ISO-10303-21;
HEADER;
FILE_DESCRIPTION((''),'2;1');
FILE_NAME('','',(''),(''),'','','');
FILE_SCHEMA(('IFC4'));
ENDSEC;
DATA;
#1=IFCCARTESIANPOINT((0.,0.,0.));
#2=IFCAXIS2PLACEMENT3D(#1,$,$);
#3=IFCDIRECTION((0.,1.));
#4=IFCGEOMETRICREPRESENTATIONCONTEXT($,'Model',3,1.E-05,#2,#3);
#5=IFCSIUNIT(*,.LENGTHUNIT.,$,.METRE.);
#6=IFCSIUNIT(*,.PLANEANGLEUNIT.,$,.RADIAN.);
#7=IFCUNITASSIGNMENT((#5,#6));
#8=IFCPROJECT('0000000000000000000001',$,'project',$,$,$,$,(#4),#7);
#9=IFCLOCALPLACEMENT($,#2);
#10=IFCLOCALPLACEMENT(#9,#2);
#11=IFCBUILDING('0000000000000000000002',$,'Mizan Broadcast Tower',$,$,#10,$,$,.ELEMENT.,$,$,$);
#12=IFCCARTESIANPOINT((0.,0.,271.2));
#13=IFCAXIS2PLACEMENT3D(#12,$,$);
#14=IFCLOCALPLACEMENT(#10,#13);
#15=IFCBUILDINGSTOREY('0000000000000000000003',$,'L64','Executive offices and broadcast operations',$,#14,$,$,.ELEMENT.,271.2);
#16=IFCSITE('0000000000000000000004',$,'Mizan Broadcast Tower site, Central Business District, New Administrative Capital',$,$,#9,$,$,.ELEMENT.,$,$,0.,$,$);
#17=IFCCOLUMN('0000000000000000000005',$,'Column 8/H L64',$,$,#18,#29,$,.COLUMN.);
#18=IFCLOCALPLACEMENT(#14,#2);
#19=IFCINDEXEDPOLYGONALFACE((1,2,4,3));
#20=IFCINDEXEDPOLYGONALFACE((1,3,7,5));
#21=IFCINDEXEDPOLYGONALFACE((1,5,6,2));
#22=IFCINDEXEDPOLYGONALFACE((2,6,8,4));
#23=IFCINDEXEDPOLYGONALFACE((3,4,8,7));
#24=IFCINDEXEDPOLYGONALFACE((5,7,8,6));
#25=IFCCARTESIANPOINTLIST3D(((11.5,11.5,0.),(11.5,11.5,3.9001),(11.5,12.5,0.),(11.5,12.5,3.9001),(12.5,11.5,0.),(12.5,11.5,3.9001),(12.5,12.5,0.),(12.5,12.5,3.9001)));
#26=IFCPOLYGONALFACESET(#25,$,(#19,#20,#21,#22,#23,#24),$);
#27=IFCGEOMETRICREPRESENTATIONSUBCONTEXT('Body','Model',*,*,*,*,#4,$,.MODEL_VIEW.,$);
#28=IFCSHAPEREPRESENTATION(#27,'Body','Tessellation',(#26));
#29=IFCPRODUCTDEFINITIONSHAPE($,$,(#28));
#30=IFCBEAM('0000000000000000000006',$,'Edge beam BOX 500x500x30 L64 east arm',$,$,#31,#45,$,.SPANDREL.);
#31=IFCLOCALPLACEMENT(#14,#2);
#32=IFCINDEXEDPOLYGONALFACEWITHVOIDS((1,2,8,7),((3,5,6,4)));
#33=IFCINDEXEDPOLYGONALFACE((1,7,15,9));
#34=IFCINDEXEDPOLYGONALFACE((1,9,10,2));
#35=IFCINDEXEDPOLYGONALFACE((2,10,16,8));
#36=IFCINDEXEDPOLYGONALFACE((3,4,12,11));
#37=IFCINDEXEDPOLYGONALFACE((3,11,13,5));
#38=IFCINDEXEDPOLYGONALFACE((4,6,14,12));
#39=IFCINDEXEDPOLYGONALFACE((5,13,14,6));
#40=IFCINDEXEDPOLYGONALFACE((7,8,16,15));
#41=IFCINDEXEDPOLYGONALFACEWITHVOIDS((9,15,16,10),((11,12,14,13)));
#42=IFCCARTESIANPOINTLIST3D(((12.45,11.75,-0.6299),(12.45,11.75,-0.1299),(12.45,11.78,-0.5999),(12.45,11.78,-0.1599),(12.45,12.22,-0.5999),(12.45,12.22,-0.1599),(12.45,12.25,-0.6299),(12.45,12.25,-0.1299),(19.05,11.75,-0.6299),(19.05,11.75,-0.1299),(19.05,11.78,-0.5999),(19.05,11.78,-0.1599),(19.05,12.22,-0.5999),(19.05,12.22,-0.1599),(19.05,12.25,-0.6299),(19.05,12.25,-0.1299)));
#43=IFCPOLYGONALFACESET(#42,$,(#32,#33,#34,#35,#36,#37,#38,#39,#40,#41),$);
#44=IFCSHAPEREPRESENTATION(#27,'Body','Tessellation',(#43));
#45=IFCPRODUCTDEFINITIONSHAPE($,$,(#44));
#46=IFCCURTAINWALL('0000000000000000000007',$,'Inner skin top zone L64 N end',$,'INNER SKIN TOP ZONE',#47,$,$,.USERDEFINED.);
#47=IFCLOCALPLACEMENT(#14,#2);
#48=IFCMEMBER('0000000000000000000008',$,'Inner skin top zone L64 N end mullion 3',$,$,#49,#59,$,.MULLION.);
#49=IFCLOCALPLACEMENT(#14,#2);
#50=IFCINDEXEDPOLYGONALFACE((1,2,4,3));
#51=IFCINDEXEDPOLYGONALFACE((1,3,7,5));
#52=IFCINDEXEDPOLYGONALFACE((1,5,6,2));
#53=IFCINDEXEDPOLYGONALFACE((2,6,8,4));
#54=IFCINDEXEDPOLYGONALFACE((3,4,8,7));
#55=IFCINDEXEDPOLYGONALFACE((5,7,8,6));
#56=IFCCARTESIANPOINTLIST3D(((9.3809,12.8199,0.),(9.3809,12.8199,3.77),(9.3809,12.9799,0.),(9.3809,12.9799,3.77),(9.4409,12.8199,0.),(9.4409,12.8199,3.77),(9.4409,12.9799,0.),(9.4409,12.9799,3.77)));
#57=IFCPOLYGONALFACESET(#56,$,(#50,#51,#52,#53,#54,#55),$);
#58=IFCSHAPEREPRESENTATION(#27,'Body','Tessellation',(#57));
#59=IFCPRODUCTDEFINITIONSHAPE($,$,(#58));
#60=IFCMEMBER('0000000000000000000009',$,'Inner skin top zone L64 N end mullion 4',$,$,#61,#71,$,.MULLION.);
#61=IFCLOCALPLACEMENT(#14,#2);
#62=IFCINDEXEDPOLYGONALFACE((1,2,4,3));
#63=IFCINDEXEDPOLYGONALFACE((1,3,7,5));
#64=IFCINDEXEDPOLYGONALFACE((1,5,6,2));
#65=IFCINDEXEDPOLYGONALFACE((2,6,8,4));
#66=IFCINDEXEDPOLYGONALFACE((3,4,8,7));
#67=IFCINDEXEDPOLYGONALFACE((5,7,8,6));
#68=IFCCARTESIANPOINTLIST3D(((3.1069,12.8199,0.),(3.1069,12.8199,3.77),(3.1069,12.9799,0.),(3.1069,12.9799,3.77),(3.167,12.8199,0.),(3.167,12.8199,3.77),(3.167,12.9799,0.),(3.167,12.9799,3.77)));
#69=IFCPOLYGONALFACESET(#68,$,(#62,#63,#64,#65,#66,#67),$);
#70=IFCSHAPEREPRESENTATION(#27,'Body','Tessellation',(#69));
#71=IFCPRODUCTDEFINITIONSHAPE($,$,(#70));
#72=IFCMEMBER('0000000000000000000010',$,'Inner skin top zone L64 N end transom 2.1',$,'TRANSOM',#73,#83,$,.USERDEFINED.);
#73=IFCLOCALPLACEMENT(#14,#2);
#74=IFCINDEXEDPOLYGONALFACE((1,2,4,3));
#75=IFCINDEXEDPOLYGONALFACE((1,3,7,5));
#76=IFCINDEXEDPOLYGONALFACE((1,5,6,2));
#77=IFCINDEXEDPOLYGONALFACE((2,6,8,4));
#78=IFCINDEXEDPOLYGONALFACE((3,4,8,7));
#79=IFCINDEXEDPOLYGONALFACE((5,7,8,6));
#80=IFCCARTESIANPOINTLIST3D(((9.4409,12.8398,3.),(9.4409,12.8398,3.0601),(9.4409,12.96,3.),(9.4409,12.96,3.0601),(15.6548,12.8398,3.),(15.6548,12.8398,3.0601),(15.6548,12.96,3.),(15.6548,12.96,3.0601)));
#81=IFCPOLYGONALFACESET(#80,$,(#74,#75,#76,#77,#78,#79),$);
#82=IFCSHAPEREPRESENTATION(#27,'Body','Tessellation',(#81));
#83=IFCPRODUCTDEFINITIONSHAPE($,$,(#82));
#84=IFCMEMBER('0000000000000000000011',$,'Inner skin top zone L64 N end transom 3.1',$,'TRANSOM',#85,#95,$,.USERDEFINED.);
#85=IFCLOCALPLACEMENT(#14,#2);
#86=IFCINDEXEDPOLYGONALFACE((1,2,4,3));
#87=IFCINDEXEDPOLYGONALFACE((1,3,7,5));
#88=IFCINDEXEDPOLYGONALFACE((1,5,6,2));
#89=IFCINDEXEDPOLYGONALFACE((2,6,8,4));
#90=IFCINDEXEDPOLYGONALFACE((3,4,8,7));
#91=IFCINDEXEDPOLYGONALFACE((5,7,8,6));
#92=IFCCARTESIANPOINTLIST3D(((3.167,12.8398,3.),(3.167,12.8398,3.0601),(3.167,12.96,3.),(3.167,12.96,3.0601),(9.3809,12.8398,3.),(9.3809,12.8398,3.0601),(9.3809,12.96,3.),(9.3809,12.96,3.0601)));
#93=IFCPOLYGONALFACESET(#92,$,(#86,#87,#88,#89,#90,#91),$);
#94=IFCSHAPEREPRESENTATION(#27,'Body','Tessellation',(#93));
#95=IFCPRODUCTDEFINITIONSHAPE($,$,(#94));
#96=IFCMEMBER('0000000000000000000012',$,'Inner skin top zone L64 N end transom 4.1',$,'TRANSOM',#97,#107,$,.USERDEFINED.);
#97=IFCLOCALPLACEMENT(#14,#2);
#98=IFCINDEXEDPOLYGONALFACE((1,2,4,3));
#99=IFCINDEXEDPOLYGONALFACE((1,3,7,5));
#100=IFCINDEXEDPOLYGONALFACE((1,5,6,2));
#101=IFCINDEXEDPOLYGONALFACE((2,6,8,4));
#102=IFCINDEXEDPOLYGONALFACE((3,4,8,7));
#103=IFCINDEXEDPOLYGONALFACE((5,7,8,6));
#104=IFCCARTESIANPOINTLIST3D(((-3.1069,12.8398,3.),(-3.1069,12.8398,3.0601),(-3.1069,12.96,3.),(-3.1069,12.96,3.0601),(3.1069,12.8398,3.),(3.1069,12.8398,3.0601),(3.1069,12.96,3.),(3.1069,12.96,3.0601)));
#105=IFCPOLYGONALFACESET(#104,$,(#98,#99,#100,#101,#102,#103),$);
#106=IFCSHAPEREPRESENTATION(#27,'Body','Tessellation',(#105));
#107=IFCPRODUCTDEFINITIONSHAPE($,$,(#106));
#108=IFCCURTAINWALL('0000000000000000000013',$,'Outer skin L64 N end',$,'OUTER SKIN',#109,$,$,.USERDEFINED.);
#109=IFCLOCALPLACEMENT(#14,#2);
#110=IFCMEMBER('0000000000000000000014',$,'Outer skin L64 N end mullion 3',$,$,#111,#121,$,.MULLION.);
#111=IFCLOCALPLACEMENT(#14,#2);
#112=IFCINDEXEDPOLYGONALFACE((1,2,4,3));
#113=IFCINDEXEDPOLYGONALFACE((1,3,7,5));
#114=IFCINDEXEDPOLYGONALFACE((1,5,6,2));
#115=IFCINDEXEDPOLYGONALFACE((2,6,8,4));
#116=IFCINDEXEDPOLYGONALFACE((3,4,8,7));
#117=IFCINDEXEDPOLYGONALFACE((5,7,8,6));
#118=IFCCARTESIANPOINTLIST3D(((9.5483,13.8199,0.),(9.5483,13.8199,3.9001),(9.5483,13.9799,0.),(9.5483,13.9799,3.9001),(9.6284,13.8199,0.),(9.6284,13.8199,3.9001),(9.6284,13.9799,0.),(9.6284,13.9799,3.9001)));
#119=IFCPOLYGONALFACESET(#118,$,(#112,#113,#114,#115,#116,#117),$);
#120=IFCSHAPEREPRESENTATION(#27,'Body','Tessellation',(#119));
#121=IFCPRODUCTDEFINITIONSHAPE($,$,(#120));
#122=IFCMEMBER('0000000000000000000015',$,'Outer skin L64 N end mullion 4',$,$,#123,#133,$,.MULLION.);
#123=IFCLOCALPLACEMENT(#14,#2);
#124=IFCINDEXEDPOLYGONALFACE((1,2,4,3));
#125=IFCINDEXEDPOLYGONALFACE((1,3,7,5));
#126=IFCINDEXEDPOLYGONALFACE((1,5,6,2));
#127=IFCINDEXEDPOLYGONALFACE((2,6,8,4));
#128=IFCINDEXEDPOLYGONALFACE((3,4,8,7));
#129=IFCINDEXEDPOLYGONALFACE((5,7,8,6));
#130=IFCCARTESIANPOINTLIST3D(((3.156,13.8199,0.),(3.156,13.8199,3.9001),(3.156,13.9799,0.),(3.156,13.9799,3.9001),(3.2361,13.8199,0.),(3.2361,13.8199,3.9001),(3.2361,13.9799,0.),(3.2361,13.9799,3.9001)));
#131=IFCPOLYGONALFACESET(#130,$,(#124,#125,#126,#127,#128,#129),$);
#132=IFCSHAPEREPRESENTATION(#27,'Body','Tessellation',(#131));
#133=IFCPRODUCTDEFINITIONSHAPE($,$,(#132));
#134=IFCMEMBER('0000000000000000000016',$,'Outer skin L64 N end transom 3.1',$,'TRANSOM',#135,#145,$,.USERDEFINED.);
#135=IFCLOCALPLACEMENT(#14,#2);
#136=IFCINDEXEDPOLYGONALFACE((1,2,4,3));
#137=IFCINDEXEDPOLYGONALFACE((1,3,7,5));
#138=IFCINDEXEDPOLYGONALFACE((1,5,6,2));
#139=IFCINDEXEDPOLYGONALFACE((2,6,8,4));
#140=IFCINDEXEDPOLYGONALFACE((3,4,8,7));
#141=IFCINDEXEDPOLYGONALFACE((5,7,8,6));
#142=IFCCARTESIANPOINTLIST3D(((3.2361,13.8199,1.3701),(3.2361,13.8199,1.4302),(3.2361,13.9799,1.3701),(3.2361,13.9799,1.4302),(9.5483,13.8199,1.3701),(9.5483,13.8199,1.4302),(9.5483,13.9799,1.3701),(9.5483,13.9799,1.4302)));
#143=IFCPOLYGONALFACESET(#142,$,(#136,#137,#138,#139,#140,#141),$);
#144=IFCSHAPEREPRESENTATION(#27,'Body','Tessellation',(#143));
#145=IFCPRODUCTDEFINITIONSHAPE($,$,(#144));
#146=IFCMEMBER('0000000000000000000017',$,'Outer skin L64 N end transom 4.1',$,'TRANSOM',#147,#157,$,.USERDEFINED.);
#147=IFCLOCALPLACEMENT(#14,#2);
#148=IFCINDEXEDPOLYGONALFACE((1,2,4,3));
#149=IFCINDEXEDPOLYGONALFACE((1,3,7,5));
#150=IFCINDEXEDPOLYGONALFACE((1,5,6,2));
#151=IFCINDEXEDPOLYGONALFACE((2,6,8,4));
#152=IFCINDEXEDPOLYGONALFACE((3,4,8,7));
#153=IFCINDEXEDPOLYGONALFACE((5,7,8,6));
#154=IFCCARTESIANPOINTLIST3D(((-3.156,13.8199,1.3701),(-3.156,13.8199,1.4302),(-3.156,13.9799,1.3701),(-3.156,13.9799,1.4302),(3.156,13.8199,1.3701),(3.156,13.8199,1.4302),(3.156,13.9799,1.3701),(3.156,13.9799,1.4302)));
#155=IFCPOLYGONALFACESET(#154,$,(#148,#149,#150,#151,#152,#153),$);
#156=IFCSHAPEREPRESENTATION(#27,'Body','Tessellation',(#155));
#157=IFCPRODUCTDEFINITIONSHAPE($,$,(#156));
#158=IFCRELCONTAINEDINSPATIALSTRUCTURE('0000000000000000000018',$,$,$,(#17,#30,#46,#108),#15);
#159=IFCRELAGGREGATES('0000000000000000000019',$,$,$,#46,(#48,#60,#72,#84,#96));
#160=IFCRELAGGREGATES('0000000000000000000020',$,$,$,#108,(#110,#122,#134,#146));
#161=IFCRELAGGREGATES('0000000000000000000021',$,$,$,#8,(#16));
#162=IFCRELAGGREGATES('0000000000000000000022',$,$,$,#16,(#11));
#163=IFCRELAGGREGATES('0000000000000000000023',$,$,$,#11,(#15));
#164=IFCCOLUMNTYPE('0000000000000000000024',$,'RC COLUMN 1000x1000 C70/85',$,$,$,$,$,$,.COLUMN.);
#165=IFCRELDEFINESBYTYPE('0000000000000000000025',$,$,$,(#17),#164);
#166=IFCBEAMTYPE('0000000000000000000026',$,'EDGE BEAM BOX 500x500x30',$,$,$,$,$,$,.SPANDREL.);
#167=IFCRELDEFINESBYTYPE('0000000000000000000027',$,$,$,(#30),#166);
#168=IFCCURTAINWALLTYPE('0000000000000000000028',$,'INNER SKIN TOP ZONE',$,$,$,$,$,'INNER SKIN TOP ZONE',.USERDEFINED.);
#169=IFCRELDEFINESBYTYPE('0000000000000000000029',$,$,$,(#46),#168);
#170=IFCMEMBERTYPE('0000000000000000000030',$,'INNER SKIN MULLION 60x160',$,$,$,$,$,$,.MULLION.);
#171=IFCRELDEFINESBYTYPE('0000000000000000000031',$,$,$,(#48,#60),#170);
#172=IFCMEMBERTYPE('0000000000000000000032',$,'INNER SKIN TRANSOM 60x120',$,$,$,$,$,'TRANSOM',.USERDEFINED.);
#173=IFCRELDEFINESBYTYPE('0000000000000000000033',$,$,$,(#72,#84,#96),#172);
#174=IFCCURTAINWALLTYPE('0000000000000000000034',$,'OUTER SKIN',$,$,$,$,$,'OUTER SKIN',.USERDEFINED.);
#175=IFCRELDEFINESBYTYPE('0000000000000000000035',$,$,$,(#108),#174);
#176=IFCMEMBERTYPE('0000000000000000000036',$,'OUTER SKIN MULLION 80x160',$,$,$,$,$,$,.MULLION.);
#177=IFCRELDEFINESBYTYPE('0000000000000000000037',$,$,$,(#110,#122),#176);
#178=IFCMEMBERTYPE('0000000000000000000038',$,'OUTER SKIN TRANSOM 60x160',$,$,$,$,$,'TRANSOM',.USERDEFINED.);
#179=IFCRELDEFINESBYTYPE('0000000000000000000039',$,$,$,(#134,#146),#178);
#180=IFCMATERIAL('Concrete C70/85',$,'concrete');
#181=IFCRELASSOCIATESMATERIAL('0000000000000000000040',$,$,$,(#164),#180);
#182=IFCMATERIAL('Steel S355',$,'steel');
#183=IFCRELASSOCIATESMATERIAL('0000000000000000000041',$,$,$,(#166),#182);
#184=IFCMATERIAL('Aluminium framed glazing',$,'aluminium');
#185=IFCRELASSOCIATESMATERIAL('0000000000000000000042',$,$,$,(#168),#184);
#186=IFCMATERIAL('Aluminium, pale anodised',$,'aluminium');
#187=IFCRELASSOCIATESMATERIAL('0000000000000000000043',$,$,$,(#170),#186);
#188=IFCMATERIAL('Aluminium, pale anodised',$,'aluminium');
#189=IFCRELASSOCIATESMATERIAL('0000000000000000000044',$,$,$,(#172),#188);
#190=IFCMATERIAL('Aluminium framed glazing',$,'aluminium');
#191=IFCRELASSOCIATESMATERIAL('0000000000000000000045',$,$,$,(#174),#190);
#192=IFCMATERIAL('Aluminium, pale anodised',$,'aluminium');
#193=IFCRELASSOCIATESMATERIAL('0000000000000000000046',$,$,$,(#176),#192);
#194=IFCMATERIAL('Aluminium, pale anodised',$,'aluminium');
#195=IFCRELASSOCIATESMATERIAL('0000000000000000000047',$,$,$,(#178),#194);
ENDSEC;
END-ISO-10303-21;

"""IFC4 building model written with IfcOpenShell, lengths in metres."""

from ifc_helpers import new_model, si_unit, direction, frame, origin, origin_2d, place, context, subcontext, project, spatial, rectangle, hollow_rectangle, extrude, material, material_profile, profile_set, type_object, element, aggregate, save


model = new_model("IFC4")

# Units and contexts
model_context = context("Model", 3, precision=1e-05, world=origin(), true_north=direction((0.0, 1.0)))
body_context = subcontext(model_context, "Body", "Model", "MODEL_VIEW")
ifc_project = project(units=[si_unit("LENGTHUNIT", "METRE"), si_unit("PLANEANGLEUNIT", "RADIAN")], contexts=[model_context])

# Site, building, storey
site_placement = place(None, origin())
site = spatial("IfcSite", under=ifc_project, at=site_placement, Name="Mizan Broadcast Tower site, Central Business District, New Administrative Capital", CompositionType="ELEMENT", RefElevation=0.0)
building_placement = place(site_placement, origin())
building = spatial("IfcBuilding", under=site, at=building_placement, Name="Mizan Broadcast Tower", CompositionType="ELEMENT")
storey_placement = place(building_placement, frame((0.0, 0.0, 271.2)))
storey = spatial("IfcBuildingStorey", under=building, at=storey_placement, Name="L64", Description="Executive offices and broadcast operations", CompositionType="ELEMENT", Elevation=271.2)

# Column
ifc_material_1 = material(Name="Concrete C70/85", Category="concrete")
ifc_material_profile_1 = material_profile(ifc_material_1, rectangle(XDim=1.0, YDim=1.0, at=origin_2d()), Name="RC 1000x1000")
ifc_profile_set_1 = profile_set([ifc_material_profile_1], Name="Concrete C70/85")
column_type = type_object("IfcColumnType", Name="RC COLUMN 1000x1000 C70/85", PredefinedType="COLUMN", material=ifc_profile_set_1)
column_placement = place(storey_placement, frame((12.0, 12.0, 0.0), z_axis=(0.0, 0.0, 1.0), x_axis=(1.0, 0.0, 0.0)))
element("IfcColumn", 1, at=column_placement, inside=storey, type_object=column_type, Name="Column 8/H L64", PredefinedType="COLUMN", context=body_context, shape_type="SweptSolid", body=[
    extrude(rectangle(XDim=1.0, YDim=1.0, at=origin_2d()), origin(), (0.0, 0.0, 1.0), 3.9001),
])

# Beam
ifc_material_2 = material(Name="Steel S355", Category="steel")
ifc_material_profile_2 = material_profile(ifc_material_2, hollow_rectangle(XDim=0.5, YDim=0.5, WallThickness=0.03, at=origin_2d()), Name="BOX 500x500x30")
ifc_profile_set_2 = profile_set([ifc_material_profile_2], Name="Steel S355")
beam_type_1 = type_object("IfcBeamType", Name="EDGE BEAM BOX 500x500x30", PredefinedType="SPANDREL", material=ifc_profile_set_2)
beam_1_placement = place(storey_placement, frame((12.45, 12.0, -0.3799), z_axis=(1.0, 0.0, 0.0), x_axis=(0.0, 1.0, 0.0)))
element("IfcBeam", 2, at=beam_1_placement, inside=storey, type_object=beam_type_1, Name="Edge beam BOX 500x500x30 L64 east arm", PredefinedType="SPANDREL", context=body_context, shape_type="SweptSolid", body=[
    extrude(hollow_rectangle(XDim=0.5, YDim=0.5, WallThickness=0.03, at=origin_2d()), origin(), (0.0, 0.0, 1.0), 6.6001),
])

# Curtain walls, members
ifc_material_3 = material(Name="Aluminium framed glazing", Category="aluminium")
curtain_wall_type_1 = type_object("IfcCurtainWallType", Name="INNER SKIN TOP ZONE", ElementType="INNER SKIN TOP ZONE", PredefinedType="USERDEFINED", material=ifc_material_3)
curtain_wall_1_placement = place(storey_placement, origin())
curtain_wall_1 = element("IfcCurtainWall", 3, at=curtain_wall_1_placement, inside=storey, type_object=curtain_wall_type_1, Name="Inner skin top zone L64 N end", ObjectType="INNER SKIN TOP ZONE", PredefinedType="USERDEFINED")
ifc_material_4 = material(Name="Aluminium, pale anodised", Category="aluminium")
ifc_material_profile_3 = material_profile(ifc_material_4, rectangle(XDim=0.1599, YDim=0.0601, at=origin_2d()), Name="MULLION 160x60")
ifc_profile_set_3 = profile_set([ifc_material_profile_3], Name="Aluminium, pale anodised")
member_type_1 = type_object("IfcMemberType", Name="INNER SKIN MULLION 60x160", PredefinedType="MULLION", material=ifc_profile_set_3)
member_1_placement = place(storey_placement, frame((9.4109, 12.8999, 0.0), z_axis=(0.0, 0.0, 1.0), x_axis=(0.0, -1.0, 0.0)))
member_1 = element("IfcMember", 4, at=member_1_placement, type_object=member_type_1, Name="Inner skin top zone L64 N end mullion 3", PredefinedType="MULLION", context=body_context, shape_type="SweptSolid", body=[
    extrude(rectangle(XDim=0.1599, YDim=0.0601, at=origin_2d()), origin(), (0.0, 0.0, 1.0), 3.77),
])
member_2_placement = place(storey_placement, frame((3.137, 12.8999, 0.0), z_axis=(0.0, 0.0, 1.0), x_axis=(0.0, -1.0, 0.0)))
member_2 = element("IfcMember", 5, at=member_2_placement, type_object=member_type_1, Name="Inner skin top zone L64 N end mullion 4", PredefinedType="MULLION", context=body_context, shape_type="SweptSolid", body=[
    extrude(rectangle(XDim=0.1599, YDim=0.0601, at=origin_2d()), origin(), (0.0, 0.0, 1.0), 3.77),
])
ifc_material_5 = material(Name="Aluminium, pale anodised", Category="aluminium")
ifc_material_profile_4 = material_profile(ifc_material_5, rectangle(XDim=0.1201, YDim=0.0601, at=origin_2d()), Name="TRANSOM 120x60")
ifc_profile_set_4 = profile_set([ifc_material_profile_4], Name="Aluminium, pale anodised")
member_type_2 = type_object("IfcMemberType", Name="INNER SKIN TRANSOM 60x120", ElementType="TRANSOM", PredefinedType="USERDEFINED", material=ifc_profile_set_4)
member_3_placement = place(storey_placement, frame((15.6548, 12.8999, 3.03), z_axis=(-1.0, 0.0, 0.0), x_axis=(0.0, -1.0, 0.0)))
member_3 = element("IfcMember", 6, at=member_3_placement, type_object=member_type_2, Name="Inner skin top zone L64 N end transom 2.1", ObjectType="TRANSOM", PredefinedType="USERDEFINED", context=body_context, shape_type="SweptSolid", body=[
    extrude(rectangle(XDim=0.1201, YDim=0.0601, at=origin_2d()), origin(), (0.0, 0.0, 1.0), 6.2139),
])
member_4_placement = place(storey_placement, frame((9.3809, 12.8999, 3.03), z_axis=(-1.0, 0.0, 0.0), x_axis=(0.0, -1.0, 0.0)))
member_4 = element("IfcMember", 7, at=member_4_placement, type_object=member_type_2, Name="Inner skin top zone L64 N end transom 3.1", ObjectType="TRANSOM", PredefinedType="USERDEFINED", context=body_context, shape_type="SweptSolid", body=[
    extrude(rectangle(XDim=0.1201, YDim=0.0601, at=origin_2d()), origin(), (0.0, 0.0, 1.0), 6.2139),
])
member_5_placement = place(storey_placement, frame((3.1069, 12.8999, 3.03), z_axis=(-1.0, 0.0, 0.0), x_axis=(0.0, -1.0, 0.0)))
member_5 = element("IfcMember", 8, at=member_5_placement, type_object=member_type_2, Name="Inner skin top zone L64 N end transom 4.1", ObjectType="TRANSOM", PredefinedType="USERDEFINED", context=body_context, shape_type="SweptSolid", body=[
    extrude(rectangle(XDim=0.1201, YDim=0.0601, at=origin_2d()), origin(), (0.0, 0.0, 1.0), 6.2139),
])
ifc_material_6 = material(Name="Aluminium framed glazing", Category="aluminium")
curtain_wall_type_2 = type_object("IfcCurtainWallType", Name="OUTER SKIN", ElementType="OUTER SKIN", PredefinedType="USERDEFINED", material=ifc_material_6)
curtain_wall_2_placement = place(storey_placement, origin())
curtain_wall_2 = element("IfcCurtainWall", 9, at=curtain_wall_2_placement, inside=storey, type_object=curtain_wall_type_2, Name="Outer skin L64 N end", ObjectType="OUTER SKIN", PredefinedType="USERDEFINED")
ifc_material_7 = material(Name="Aluminium, pale anodised", Category="aluminium")
ifc_material_profile_5 = material_profile(ifc_material_7, rectangle(XDim=0.1599, YDim=0.0801, at=origin_2d()), Name="MULLION 160x80")
ifc_profile_set_5 = profile_set([ifc_material_profile_5], Name="Aluminium, pale anodised")
member_type_3 = type_object("IfcMemberType", Name="OUTER SKIN MULLION 80x160", PredefinedType="MULLION", material=ifc_profile_set_5)
member_6_placement = place(storey_placement, frame((9.5884, 13.8999, 0.0), z_axis=(0.0, 0.0, 1.0), x_axis=(0.0, -1.0, 0.0)))
member_6 = element("IfcMember", 10, at=member_6_placement, type_object=member_type_3, Name="Outer skin L64 N end mullion 3", PredefinedType="MULLION", context=body_context, shape_type="SweptSolid", body=[
    extrude(rectangle(XDim=0.1599, YDim=0.0801, at=origin_2d()), origin(), (0.0, 0.0, 1.0), 3.9001),
])
member_7_placement = place(storey_placement, frame((3.196, 13.8999, 0.0), z_axis=(0.0, 0.0, 1.0), x_axis=(0.0, -1.0, 0.0)))
member_7 = element("IfcMember", 11, at=member_7_placement, type_object=member_type_3, Name="Outer skin L64 N end mullion 4", PredefinedType="MULLION", context=body_context, shape_type="SweptSolid", body=[
    extrude(rectangle(XDim=0.1599, YDim=0.0801, at=origin_2d()), origin(), (0.0, 0.0, 1.0), 3.9001),
])
ifc_material_8 = material(Name="Aluminium, pale anodised", Category="aluminium")
ifc_material_profile_6 = material_profile(ifc_material_8, rectangle(XDim=0.1599, YDim=0.0601, at=origin_2d()), Name="TRANSOM 160x60")
ifc_profile_set_6 = profile_set([ifc_material_profile_6], Name="Aluminium, pale anodised")
member_type_4 = type_object("IfcMemberType", Name="OUTER SKIN TRANSOM 60x160", ElementType="TRANSOM", PredefinedType="USERDEFINED", material=ifc_profile_set_6)
member_8_placement = place(storey_placement, frame((9.5483, 13.8999, 1.4001), z_axis=(-1.0, 0.0, 0.0), x_axis=(0.0, -1.0, 0.0)))
member_8 = element("IfcMember", 12, at=member_8_placement, type_object=member_type_4, Name="Outer skin L64 N end transom 3.1", ObjectType="TRANSOM", PredefinedType="USERDEFINED", context=body_context, shape_type="SweptSolid", body=[
    extrude(rectangle(XDim=0.1599, YDim=0.0601, at=origin_2d()), origin(), (0.0, 0.0, 1.0), 6.3123),
])
member_9_placement = place(storey_placement, frame((3.156, 13.8999, 1.4001), z_axis=(-1.0, 0.0, 0.0), x_axis=(0.0, -1.0, 0.0)))
member_9 = element("IfcMember", 13, at=member_9_placement, type_object=member_type_4, Name="Outer skin L64 N end transom 4.1", ObjectType="TRANSOM", PredefinedType="USERDEFINED", context=body_context, shape_type="SweptSolid", body=[
    extrude(rectangle(XDim=0.1599, YDim=0.0601, at=origin_2d()), origin(), (0.0, 0.0, 1.0), 6.312),
])

aggregate(curtain_wall_1, [member_1, member_2, member_3, member_4, member_5])
aggregate(curtain_wall_2, [member_6, member_7, member_8, member_9])

save(model, "model.ifc")
